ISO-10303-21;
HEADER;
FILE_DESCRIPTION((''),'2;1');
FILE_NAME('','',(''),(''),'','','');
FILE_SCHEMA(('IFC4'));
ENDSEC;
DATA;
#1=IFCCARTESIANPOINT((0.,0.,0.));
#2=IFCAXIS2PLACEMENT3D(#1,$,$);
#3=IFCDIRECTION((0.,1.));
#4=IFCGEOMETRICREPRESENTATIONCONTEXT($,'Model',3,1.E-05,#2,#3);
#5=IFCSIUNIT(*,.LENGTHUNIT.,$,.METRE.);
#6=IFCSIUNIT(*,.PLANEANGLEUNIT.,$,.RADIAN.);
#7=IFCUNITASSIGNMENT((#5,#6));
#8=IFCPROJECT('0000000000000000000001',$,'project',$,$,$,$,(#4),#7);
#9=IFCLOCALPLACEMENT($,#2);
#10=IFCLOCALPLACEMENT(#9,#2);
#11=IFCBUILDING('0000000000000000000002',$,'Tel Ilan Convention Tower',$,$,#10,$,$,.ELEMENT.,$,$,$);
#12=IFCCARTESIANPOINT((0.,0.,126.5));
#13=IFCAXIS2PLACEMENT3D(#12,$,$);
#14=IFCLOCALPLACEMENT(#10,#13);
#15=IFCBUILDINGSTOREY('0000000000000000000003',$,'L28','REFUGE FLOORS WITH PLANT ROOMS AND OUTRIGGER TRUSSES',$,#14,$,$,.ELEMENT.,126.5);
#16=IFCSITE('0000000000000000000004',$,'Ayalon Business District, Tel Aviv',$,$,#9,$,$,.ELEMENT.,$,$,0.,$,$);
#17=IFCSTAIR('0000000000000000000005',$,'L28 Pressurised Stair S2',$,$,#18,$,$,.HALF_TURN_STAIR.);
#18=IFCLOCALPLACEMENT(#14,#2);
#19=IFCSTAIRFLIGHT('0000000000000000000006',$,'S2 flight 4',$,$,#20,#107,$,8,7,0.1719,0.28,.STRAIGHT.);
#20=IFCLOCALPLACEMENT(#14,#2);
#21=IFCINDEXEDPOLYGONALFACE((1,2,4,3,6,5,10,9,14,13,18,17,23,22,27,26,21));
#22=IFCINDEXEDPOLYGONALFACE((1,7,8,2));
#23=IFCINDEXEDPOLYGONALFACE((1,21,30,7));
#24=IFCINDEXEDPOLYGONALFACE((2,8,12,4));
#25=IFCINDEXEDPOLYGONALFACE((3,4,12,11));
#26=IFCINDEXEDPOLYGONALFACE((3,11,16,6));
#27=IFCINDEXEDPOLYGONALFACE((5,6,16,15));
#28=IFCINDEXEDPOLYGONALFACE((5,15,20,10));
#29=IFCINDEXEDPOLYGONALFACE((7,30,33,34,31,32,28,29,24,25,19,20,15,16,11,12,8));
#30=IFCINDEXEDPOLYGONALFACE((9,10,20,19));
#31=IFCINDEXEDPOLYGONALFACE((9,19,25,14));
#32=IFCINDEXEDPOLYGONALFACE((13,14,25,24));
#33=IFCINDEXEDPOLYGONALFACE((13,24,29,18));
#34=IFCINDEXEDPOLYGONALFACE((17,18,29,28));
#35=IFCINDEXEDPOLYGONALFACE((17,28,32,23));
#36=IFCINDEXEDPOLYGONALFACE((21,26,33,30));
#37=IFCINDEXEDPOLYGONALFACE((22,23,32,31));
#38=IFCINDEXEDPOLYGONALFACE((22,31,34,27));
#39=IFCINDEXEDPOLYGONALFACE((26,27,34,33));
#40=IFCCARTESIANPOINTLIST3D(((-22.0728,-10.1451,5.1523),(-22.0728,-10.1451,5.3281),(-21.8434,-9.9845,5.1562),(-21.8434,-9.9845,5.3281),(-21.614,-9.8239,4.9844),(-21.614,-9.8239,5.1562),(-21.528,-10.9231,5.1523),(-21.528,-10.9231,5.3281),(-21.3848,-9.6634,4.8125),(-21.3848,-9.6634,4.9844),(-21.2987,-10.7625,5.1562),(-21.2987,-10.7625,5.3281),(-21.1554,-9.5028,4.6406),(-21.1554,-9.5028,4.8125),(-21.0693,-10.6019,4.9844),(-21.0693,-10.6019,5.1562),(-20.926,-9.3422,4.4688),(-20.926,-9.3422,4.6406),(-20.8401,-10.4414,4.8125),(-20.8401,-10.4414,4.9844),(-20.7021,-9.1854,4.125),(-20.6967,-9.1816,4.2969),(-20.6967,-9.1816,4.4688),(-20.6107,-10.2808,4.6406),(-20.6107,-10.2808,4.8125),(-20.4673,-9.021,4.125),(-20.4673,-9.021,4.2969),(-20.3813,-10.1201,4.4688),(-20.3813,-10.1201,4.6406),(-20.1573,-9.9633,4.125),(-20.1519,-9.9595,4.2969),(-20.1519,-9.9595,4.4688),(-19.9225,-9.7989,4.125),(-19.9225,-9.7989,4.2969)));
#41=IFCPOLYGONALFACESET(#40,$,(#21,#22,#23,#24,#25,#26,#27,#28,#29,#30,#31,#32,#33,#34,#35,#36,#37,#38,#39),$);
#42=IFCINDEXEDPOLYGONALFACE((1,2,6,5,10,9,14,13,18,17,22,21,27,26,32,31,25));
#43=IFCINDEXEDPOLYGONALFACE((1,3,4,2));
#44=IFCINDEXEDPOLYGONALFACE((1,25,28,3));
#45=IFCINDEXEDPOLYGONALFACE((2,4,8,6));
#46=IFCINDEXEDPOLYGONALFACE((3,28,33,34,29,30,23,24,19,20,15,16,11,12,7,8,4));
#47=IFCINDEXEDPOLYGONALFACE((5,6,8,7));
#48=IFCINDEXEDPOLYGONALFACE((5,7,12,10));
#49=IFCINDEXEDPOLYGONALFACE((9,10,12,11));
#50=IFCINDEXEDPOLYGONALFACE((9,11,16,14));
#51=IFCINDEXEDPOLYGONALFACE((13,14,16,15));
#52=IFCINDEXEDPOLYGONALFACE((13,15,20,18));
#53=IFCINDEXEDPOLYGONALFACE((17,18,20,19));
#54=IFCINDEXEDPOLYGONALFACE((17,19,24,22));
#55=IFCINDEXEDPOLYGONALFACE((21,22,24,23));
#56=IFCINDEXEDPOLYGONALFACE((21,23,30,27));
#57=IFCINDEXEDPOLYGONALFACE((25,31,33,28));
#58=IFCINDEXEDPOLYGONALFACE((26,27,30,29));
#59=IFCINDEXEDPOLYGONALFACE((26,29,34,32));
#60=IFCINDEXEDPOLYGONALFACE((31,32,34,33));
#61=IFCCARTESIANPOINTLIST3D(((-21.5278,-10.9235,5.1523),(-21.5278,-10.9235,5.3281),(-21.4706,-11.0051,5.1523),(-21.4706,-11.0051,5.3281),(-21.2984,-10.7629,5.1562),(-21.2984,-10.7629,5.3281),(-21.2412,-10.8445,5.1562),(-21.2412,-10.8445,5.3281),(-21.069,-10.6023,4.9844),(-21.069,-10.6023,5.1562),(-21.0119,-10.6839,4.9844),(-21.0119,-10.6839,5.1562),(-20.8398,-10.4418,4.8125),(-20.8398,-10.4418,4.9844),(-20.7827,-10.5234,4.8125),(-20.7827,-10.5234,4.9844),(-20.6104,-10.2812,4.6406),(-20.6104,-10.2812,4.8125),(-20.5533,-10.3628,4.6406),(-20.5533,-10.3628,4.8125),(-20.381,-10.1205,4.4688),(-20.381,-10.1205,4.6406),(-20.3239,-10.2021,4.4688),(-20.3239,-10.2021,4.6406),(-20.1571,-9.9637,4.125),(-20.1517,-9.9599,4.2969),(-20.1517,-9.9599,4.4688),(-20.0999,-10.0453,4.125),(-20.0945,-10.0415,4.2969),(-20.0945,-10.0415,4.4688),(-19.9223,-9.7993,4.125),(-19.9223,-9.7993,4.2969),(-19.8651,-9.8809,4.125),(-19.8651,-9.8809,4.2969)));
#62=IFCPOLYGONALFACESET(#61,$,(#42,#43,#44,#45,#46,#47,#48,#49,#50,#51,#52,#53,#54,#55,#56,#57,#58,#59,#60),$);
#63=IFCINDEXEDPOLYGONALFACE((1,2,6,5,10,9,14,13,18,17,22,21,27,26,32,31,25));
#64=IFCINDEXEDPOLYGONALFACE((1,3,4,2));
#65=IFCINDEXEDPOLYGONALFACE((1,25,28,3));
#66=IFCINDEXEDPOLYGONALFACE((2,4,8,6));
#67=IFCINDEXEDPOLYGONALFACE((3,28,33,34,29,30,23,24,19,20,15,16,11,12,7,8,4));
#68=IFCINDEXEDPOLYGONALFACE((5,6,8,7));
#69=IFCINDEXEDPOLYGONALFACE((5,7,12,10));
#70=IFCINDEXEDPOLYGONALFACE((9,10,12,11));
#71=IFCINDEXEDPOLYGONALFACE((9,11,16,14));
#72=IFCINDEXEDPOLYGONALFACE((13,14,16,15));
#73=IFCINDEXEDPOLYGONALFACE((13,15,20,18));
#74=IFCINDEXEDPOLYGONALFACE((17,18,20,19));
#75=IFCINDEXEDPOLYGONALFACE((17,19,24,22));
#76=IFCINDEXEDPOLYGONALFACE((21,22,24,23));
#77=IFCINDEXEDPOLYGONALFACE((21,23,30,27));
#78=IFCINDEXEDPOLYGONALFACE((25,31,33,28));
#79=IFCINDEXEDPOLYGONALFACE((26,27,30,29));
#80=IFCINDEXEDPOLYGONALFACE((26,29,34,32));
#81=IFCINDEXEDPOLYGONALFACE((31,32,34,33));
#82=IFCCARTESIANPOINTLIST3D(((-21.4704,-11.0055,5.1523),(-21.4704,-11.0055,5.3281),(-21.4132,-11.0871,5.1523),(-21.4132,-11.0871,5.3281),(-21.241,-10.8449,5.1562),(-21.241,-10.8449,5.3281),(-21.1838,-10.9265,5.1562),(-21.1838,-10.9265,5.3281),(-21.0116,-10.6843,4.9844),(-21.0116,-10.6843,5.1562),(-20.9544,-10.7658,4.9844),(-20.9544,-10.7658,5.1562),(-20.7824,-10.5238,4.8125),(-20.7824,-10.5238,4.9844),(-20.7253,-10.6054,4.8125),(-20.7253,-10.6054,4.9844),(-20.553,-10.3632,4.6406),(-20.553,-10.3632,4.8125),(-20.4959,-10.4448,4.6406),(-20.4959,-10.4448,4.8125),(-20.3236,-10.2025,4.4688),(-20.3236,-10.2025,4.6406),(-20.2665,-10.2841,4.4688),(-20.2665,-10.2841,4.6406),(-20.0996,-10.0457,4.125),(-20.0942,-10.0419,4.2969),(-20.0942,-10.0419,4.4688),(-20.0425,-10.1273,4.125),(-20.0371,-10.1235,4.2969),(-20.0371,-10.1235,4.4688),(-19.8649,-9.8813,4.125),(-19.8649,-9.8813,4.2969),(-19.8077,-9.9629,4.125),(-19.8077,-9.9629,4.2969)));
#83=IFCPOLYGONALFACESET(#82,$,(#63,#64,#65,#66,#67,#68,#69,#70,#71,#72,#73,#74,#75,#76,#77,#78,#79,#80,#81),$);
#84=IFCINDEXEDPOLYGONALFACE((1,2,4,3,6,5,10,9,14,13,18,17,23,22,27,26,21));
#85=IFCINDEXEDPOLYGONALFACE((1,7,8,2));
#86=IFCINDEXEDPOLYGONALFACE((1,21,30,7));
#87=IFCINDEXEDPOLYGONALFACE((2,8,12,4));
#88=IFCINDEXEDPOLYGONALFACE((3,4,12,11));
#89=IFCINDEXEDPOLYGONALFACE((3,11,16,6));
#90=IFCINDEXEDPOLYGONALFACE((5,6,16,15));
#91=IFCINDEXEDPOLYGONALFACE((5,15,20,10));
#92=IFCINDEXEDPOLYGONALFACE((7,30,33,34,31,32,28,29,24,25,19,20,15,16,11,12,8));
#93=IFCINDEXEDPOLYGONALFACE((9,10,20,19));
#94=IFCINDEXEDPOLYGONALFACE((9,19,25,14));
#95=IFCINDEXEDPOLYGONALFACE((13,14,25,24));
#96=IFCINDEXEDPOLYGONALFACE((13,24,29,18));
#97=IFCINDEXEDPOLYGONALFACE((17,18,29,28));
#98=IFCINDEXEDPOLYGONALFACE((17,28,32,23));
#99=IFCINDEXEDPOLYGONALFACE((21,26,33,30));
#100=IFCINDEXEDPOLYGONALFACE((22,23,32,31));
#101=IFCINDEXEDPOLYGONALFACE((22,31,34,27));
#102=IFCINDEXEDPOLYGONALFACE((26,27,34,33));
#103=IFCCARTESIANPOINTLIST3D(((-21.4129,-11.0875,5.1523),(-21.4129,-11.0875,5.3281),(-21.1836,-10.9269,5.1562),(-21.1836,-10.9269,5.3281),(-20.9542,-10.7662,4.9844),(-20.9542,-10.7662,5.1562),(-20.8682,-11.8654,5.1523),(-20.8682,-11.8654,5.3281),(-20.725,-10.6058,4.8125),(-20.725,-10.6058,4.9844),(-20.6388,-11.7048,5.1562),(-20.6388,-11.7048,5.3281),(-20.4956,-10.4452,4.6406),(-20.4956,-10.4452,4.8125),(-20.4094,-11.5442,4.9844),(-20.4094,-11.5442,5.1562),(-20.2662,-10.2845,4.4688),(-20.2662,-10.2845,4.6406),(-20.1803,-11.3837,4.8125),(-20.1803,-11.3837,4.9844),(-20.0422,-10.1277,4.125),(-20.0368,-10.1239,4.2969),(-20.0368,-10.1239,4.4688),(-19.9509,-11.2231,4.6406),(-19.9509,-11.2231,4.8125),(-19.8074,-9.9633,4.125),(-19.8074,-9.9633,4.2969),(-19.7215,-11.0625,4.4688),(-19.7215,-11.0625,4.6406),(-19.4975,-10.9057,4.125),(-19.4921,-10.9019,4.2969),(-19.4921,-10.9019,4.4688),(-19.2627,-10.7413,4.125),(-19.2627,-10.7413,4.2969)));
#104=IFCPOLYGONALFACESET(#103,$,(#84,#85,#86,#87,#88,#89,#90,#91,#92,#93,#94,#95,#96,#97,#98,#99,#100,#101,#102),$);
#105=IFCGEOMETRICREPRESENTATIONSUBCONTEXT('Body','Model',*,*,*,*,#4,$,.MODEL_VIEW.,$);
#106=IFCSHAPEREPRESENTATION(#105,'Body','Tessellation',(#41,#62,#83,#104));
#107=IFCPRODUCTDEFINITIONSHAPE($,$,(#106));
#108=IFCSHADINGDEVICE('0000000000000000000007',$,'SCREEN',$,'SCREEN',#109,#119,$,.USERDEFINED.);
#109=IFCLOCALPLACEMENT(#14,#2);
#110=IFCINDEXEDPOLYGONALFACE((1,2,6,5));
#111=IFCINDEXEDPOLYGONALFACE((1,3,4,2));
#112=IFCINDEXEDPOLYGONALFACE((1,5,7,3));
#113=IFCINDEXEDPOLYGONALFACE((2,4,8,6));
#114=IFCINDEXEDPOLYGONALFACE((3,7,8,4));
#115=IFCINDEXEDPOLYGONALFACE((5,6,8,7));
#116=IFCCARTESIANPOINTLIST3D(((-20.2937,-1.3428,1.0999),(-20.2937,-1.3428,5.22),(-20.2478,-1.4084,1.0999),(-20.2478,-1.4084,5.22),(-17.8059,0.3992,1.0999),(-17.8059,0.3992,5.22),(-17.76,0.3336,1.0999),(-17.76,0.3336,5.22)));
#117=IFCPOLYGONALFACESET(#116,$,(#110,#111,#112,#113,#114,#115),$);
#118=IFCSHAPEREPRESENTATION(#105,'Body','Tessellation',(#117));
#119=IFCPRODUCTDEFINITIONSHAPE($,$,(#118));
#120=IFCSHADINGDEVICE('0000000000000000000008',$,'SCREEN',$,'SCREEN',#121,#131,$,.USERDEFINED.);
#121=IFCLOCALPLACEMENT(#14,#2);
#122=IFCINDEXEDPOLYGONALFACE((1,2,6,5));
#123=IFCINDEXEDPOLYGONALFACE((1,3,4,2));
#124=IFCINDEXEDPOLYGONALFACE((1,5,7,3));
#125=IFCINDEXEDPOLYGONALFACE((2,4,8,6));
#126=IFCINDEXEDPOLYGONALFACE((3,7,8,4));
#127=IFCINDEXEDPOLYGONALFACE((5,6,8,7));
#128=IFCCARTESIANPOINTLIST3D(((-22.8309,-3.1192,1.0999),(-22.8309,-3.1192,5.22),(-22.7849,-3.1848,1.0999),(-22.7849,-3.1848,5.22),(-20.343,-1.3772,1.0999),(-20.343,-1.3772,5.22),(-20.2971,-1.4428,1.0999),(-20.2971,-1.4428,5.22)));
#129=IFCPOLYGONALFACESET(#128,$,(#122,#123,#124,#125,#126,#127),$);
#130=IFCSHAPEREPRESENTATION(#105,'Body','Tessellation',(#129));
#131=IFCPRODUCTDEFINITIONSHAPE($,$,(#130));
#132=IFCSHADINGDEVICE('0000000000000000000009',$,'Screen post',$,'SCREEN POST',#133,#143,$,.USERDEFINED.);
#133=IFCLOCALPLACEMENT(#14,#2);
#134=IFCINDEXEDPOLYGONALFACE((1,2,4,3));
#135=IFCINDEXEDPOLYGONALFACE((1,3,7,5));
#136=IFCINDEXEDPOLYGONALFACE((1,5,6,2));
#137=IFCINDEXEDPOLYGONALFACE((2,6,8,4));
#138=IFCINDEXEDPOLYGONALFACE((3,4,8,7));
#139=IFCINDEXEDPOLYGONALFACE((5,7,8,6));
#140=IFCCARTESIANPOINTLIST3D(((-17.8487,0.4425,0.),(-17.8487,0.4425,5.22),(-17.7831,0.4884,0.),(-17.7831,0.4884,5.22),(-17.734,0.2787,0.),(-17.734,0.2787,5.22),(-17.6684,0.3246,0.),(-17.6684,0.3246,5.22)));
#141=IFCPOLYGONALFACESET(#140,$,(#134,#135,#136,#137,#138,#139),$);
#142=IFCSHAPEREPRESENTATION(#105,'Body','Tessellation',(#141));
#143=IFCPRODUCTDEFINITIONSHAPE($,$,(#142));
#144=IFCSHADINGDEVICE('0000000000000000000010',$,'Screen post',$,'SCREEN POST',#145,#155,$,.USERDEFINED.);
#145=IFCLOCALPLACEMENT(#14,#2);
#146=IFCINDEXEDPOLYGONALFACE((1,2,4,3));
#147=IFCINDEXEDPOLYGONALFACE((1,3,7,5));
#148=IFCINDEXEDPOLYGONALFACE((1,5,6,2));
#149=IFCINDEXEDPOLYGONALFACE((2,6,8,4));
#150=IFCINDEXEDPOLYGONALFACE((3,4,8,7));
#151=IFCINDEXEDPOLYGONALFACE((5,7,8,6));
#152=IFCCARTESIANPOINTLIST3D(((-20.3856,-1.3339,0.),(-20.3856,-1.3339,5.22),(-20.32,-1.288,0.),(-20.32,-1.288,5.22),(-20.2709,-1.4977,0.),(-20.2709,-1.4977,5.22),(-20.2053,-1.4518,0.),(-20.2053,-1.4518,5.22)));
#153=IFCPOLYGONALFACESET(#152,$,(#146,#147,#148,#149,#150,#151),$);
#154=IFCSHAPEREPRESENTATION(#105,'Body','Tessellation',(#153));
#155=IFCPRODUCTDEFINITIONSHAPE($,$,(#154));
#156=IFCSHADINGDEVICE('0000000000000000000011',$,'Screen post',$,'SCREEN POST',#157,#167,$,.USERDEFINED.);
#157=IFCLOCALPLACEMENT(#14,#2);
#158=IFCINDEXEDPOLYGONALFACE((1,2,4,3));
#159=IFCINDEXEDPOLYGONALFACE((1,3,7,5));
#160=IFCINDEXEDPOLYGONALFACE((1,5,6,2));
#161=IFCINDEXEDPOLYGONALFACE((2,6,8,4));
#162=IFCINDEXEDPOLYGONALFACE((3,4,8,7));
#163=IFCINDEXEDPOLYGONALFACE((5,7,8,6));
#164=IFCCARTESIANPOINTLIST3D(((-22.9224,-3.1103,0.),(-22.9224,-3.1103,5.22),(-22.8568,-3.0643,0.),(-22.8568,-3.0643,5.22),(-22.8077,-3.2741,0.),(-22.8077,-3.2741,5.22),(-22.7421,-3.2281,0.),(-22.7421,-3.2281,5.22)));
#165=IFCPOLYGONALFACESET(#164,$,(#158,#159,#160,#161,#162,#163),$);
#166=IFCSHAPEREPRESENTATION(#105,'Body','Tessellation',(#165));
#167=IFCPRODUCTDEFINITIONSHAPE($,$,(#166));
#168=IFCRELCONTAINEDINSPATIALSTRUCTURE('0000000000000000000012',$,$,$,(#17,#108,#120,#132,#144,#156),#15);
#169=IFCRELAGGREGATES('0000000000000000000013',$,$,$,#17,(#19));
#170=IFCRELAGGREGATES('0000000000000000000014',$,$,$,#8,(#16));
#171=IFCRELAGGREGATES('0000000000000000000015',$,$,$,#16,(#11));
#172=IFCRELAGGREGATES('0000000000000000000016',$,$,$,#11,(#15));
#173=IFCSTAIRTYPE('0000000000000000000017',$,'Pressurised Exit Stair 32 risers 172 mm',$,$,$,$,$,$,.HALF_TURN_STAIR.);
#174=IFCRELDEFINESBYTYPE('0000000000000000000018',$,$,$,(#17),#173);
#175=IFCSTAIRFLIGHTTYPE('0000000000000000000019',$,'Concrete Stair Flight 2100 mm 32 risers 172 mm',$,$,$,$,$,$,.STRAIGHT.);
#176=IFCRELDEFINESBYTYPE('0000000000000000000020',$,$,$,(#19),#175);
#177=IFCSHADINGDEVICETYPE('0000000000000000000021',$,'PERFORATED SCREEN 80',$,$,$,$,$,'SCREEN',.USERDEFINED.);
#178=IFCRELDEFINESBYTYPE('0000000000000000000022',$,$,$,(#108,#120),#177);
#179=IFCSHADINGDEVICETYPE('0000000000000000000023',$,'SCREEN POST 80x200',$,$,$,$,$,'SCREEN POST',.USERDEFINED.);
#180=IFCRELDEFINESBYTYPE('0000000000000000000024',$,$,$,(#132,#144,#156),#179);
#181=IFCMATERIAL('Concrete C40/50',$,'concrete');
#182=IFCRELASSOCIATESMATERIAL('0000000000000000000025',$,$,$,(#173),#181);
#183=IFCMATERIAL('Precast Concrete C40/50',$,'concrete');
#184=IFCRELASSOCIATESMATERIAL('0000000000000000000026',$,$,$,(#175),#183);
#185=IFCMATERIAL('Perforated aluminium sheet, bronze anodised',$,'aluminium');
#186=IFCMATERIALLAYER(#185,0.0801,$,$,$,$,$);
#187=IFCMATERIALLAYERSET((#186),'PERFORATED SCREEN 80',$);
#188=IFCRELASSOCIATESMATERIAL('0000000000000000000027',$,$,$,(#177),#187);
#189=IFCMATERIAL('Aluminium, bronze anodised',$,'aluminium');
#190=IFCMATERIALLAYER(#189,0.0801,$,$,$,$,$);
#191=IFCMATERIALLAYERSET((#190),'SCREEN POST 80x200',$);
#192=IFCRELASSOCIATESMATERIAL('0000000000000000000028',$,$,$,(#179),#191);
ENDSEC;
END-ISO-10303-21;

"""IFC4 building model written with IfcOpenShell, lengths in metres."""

from ifc_helpers import new_model, si_unit, direction, frame, origin, origin_2d, place, context, subcontext, project, spatial, polyline, rectangle, outline, extrude, material, layer, layer_set, type_object, element, aggregate, save


model = new_model("IFC4")

# Units and contexts
model_context = context("Model", 3, precision=1e-05, world=origin(), true_north=direction((0.0, 1.0)))
body_context = subcontext(model_context, "Body", "Model", "MODEL_VIEW")
ifc_project = project(units=[si_unit("LENGTHUNIT", "METRE"), si_unit("PLANEANGLEUNIT", "RADIAN")], contexts=[model_context])

# Site, building, storey
site_placement = place(None, origin())
site = spatial("IfcSite", under=ifc_project, at=site_placement, Name="Ayalon Business District, Tel Aviv", CompositionType="ELEMENT", RefElevation=0.0)
building_placement = place(site_placement, origin())
building = spatial("IfcBuilding", under=site, at=building_placement, Name="Tel Ilan Convention Tower", CompositionType="ELEMENT")
storey_placement = place(building_placement, frame((0.0, 0.0, 126.5)))
storey = spatial("IfcBuildingStorey", under=building, at=storey_placement, Name="L28", Description="REFUGE FLOORS WITH PLANT ROOMS AND OUTRIGGER TRUSSES", CompositionType="ELEMENT", Elevation=126.5)

# Shared definitions
ifc_material_1 = material(Name="Concrete C40/50", Category="concrete")
stair_type = type_object("IfcStairType", Name="Pressurised Exit Stair 32 risers 172 mm", PredefinedType="HALF_TURN_STAIR", material=ifc_material_1)
ifc_material_2 = material(Name="Precast Concrete C40/50", Category="concrete")
stair_flight_type = type_object("IfcStairFlightType", Name="Concrete Stair Flight 2100 mm 32 risers 172 mm", PredefinedType="STRAIGHT", material=ifc_material_2)

# Stair, stair flight
stair_1_placement = place(storey_placement, origin())
stair_1 = element("IfcStair", 1, at=stair_1_placement, inside=storey, type_object=stair_type, Name="L28 Pressurised Stair S2", PredefinedType="HALF_TURN_STAIR")
stair_flight_1_placement = place(storey_placement, frame((-19.865, -9.8811, 4.125), z_axis=(0.0, 0.0, 1.0), x_axis=(-0.819152, -0.573576, 0.0)))
stair_flight_1 = element("IfcStairFlight", 2, at=stair_flight_1_placement, type_object=stair_flight_type, Name="S2 flight 4", NumberOfRisers=8, NumberOfTreads=7, PredefinedType="STRAIGHT", RiserHeight=0.1719, TreadLength=0.28, context=body_context, shape_type="SweptSolid", body=[
    extrude(outline(polyline([(0.0, 0.0), (0.0, 0.1719), (0.28, 0.1719), (0.28, 0.3438), (0.5601, 0.3438), (0.5601, 0.5156), (0.8401, 0.5156), (0.8401, 0.6875), (1.1201, 0.6875), (1.1201, 0.8594), (1.3999, 0.8594), (1.3999, 1.0312), (1.6799, 1.0312), (1.6799, 1.2031), (1.96, 1.2031), (1.96, 1.375), (1.96, 1.0273), (0.2866, 0.0), (0.0, 0.0)])), frame((0.0, -0.1003, 0.0), z_axis=(0.0, -1.0, 0.0), x_axis=(1.0, 0.0, 0.0)), (0.0, 0.0, 1.0), 0.9497),
    extrude(outline(polyline([(0.0, 0.0), (0.0, 0.1719), (0.28, 0.1719), (0.28, 0.3438), (0.5601, 0.3438), (0.5601, 0.5156), (0.8401, 0.5156), (0.8401, 0.6875), (1.1201, 0.6875), (1.1201, 0.8594), (1.3999, 0.8594), (1.3999, 1.0312), (1.6799, 1.0312), (1.6799, 1.2031), (1.96, 1.2031), (1.96, 1.375), (1.96, 1.0273), (0.2866, 0.0), (0.0, 0.0)])), frame((0.0, -0.0002, 0.0), z_axis=(0.0, -1.0, 0.0), x_axis=(1.0, 0.0, 0.0)), (0.0, 0.0, 1.0), 0.0996),
    extrude(outline(polyline([(0.0, 0.0), (0.0, 0.1719), (0.28, 0.1719), (0.28, 0.3438), (0.5601, 0.3438), (0.5601, 0.5156), (0.8401, 0.5156), (0.8401, 0.6875), (1.1201, 0.6875), (1.1201, 0.8594), (1.3999, 0.8594), (1.3999, 1.0312), (1.6799, 1.0312), (1.6799, 1.2031), (1.96, 1.2031), (1.96, 1.375), (1.96, 1.0273), (0.2866, 0.0), (0.0, 0.0)])), frame((0.0, 0.0999, 0.0), z_axis=(0.0, -1.0, 0.0), x_axis=(1.0, 0.0, 0.0)), (0.0, 0.0, 1.0), 0.0996),
    extrude(outline(polyline([(0.0, 0.0), (0.0, 0.1719), (0.28, 0.1719), (0.28, 0.3438), (0.5601, 0.3438), (0.5601, 0.5156), (0.8401, 0.5156), (0.8401, 0.6875), (1.1201, 0.6875), (1.1201, 0.8594), (1.3999, 0.8594), (1.3999, 1.0312), (1.6799, 1.0312), (1.6799, 1.2031), (1.96, 1.2031), (1.96, 1.375), (1.96, 1.0273), (0.2866, 0.0), (0.0, 0.0)])), frame((0.0, 1.05, 0.0), z_axis=(0.0, -1.0, 0.0), x_axis=(1.0, 0.0, 0.0)), (0.0, 0.0, 1.0), 0.9497),
])
aggregate(stair_1, [stair_flight_1])

# Shading devices
ifc_material_3 = material(Name="Perforated aluminium sheet, bronze anodised", Category="aluminium")
ifc_layer_1 = layer(ifc_material_3, 0.0801)
ifc_layer_set_1 = layer_set([ifc_layer_1], Name="PERFORATED SCREEN 80")
shading_device_type_1 = type_object("IfcShadingDeviceType", Name="PERFORATED SCREEN 80", ElementType="SCREEN", PredefinedType="USERDEFINED", material=ifc_layer_set_1)
for number, where, z_axis, x_axis, name in (
    (3, (-19.0269, -0.5046, 1.0999), (0.0, 0.0, 1.0), (-0.819152, -0.573576, 0.0), "SCREEN"),
    (4, (-21.564, -2.281, 1.0999), (0.0, 0.0, 1.0), (-0.819152, -0.573576, 0.0), "SCREEN"),
):
    element("IfcShadingDevice", number, at=place(storey_placement, frame(where, z_axis=z_axis, x_axis=x_axis)), inside=storey, type_object=shading_device_type_1, Name=name, ObjectType="SCREEN", PredefinedType="USERDEFINED", context=body_context, shape_type="SweptSolid", body=[
        extrude(rectangle(XDim=3.0371, YDim=0.0801, at=origin_2d()), origin(), (0.0, 0.0, 1.0), 4.1201),
    ])
ifc_material_4 = material(Name="Aluminium, bronze anodised", Category="aluminium")
ifc_layer_2 = layer(ifc_material_4, 0.0801)
ifc_layer_set_2 = layer_set([ifc_layer_2], Name="SCREEN POST 80x200")
shading_device_type_2 = type_object("IfcShadingDeviceType", Name="SCREEN POST 80x200", ElementType="SCREEN POST", PredefinedType="USERDEFINED", material=ifc_layer_set_2)
for number, where, z_axis, x_axis, name in (
    (5, (-17.7585, 0.3835, 0.0), (0.0, 0.0, 1.0), (-0.819152, -0.573576, 0.0), "Screen post"),
    (6, (-20.2954, -1.3928, 0.0), (0.0, 0.0, 1.0), (-0.819152, -0.573576, 0.0), "Screen post"),
    (7, (-22.8323, -3.1692, 0.0), (0.0, 0.0, 1.0), (-0.819152, -0.573576, 0.0), "Screen post"),
):
    element("IfcShadingDevice", number, at=place(storey_placement, frame(where, z_axis=z_axis, x_axis=x_axis)), inside=storey, type_object=shading_device_type_2, Name=name, ObjectType="SCREEN POST", PredefinedType="USERDEFINED", context=body_context, shape_type="SweptSolid", body=[
        extrude(rectangle(XDim=0.0801, YDim=0.2, at=origin_2d()), origin(), (0.0, 0.0, 1.0), 5.22),
    ])

save(model, "model.ifc")
